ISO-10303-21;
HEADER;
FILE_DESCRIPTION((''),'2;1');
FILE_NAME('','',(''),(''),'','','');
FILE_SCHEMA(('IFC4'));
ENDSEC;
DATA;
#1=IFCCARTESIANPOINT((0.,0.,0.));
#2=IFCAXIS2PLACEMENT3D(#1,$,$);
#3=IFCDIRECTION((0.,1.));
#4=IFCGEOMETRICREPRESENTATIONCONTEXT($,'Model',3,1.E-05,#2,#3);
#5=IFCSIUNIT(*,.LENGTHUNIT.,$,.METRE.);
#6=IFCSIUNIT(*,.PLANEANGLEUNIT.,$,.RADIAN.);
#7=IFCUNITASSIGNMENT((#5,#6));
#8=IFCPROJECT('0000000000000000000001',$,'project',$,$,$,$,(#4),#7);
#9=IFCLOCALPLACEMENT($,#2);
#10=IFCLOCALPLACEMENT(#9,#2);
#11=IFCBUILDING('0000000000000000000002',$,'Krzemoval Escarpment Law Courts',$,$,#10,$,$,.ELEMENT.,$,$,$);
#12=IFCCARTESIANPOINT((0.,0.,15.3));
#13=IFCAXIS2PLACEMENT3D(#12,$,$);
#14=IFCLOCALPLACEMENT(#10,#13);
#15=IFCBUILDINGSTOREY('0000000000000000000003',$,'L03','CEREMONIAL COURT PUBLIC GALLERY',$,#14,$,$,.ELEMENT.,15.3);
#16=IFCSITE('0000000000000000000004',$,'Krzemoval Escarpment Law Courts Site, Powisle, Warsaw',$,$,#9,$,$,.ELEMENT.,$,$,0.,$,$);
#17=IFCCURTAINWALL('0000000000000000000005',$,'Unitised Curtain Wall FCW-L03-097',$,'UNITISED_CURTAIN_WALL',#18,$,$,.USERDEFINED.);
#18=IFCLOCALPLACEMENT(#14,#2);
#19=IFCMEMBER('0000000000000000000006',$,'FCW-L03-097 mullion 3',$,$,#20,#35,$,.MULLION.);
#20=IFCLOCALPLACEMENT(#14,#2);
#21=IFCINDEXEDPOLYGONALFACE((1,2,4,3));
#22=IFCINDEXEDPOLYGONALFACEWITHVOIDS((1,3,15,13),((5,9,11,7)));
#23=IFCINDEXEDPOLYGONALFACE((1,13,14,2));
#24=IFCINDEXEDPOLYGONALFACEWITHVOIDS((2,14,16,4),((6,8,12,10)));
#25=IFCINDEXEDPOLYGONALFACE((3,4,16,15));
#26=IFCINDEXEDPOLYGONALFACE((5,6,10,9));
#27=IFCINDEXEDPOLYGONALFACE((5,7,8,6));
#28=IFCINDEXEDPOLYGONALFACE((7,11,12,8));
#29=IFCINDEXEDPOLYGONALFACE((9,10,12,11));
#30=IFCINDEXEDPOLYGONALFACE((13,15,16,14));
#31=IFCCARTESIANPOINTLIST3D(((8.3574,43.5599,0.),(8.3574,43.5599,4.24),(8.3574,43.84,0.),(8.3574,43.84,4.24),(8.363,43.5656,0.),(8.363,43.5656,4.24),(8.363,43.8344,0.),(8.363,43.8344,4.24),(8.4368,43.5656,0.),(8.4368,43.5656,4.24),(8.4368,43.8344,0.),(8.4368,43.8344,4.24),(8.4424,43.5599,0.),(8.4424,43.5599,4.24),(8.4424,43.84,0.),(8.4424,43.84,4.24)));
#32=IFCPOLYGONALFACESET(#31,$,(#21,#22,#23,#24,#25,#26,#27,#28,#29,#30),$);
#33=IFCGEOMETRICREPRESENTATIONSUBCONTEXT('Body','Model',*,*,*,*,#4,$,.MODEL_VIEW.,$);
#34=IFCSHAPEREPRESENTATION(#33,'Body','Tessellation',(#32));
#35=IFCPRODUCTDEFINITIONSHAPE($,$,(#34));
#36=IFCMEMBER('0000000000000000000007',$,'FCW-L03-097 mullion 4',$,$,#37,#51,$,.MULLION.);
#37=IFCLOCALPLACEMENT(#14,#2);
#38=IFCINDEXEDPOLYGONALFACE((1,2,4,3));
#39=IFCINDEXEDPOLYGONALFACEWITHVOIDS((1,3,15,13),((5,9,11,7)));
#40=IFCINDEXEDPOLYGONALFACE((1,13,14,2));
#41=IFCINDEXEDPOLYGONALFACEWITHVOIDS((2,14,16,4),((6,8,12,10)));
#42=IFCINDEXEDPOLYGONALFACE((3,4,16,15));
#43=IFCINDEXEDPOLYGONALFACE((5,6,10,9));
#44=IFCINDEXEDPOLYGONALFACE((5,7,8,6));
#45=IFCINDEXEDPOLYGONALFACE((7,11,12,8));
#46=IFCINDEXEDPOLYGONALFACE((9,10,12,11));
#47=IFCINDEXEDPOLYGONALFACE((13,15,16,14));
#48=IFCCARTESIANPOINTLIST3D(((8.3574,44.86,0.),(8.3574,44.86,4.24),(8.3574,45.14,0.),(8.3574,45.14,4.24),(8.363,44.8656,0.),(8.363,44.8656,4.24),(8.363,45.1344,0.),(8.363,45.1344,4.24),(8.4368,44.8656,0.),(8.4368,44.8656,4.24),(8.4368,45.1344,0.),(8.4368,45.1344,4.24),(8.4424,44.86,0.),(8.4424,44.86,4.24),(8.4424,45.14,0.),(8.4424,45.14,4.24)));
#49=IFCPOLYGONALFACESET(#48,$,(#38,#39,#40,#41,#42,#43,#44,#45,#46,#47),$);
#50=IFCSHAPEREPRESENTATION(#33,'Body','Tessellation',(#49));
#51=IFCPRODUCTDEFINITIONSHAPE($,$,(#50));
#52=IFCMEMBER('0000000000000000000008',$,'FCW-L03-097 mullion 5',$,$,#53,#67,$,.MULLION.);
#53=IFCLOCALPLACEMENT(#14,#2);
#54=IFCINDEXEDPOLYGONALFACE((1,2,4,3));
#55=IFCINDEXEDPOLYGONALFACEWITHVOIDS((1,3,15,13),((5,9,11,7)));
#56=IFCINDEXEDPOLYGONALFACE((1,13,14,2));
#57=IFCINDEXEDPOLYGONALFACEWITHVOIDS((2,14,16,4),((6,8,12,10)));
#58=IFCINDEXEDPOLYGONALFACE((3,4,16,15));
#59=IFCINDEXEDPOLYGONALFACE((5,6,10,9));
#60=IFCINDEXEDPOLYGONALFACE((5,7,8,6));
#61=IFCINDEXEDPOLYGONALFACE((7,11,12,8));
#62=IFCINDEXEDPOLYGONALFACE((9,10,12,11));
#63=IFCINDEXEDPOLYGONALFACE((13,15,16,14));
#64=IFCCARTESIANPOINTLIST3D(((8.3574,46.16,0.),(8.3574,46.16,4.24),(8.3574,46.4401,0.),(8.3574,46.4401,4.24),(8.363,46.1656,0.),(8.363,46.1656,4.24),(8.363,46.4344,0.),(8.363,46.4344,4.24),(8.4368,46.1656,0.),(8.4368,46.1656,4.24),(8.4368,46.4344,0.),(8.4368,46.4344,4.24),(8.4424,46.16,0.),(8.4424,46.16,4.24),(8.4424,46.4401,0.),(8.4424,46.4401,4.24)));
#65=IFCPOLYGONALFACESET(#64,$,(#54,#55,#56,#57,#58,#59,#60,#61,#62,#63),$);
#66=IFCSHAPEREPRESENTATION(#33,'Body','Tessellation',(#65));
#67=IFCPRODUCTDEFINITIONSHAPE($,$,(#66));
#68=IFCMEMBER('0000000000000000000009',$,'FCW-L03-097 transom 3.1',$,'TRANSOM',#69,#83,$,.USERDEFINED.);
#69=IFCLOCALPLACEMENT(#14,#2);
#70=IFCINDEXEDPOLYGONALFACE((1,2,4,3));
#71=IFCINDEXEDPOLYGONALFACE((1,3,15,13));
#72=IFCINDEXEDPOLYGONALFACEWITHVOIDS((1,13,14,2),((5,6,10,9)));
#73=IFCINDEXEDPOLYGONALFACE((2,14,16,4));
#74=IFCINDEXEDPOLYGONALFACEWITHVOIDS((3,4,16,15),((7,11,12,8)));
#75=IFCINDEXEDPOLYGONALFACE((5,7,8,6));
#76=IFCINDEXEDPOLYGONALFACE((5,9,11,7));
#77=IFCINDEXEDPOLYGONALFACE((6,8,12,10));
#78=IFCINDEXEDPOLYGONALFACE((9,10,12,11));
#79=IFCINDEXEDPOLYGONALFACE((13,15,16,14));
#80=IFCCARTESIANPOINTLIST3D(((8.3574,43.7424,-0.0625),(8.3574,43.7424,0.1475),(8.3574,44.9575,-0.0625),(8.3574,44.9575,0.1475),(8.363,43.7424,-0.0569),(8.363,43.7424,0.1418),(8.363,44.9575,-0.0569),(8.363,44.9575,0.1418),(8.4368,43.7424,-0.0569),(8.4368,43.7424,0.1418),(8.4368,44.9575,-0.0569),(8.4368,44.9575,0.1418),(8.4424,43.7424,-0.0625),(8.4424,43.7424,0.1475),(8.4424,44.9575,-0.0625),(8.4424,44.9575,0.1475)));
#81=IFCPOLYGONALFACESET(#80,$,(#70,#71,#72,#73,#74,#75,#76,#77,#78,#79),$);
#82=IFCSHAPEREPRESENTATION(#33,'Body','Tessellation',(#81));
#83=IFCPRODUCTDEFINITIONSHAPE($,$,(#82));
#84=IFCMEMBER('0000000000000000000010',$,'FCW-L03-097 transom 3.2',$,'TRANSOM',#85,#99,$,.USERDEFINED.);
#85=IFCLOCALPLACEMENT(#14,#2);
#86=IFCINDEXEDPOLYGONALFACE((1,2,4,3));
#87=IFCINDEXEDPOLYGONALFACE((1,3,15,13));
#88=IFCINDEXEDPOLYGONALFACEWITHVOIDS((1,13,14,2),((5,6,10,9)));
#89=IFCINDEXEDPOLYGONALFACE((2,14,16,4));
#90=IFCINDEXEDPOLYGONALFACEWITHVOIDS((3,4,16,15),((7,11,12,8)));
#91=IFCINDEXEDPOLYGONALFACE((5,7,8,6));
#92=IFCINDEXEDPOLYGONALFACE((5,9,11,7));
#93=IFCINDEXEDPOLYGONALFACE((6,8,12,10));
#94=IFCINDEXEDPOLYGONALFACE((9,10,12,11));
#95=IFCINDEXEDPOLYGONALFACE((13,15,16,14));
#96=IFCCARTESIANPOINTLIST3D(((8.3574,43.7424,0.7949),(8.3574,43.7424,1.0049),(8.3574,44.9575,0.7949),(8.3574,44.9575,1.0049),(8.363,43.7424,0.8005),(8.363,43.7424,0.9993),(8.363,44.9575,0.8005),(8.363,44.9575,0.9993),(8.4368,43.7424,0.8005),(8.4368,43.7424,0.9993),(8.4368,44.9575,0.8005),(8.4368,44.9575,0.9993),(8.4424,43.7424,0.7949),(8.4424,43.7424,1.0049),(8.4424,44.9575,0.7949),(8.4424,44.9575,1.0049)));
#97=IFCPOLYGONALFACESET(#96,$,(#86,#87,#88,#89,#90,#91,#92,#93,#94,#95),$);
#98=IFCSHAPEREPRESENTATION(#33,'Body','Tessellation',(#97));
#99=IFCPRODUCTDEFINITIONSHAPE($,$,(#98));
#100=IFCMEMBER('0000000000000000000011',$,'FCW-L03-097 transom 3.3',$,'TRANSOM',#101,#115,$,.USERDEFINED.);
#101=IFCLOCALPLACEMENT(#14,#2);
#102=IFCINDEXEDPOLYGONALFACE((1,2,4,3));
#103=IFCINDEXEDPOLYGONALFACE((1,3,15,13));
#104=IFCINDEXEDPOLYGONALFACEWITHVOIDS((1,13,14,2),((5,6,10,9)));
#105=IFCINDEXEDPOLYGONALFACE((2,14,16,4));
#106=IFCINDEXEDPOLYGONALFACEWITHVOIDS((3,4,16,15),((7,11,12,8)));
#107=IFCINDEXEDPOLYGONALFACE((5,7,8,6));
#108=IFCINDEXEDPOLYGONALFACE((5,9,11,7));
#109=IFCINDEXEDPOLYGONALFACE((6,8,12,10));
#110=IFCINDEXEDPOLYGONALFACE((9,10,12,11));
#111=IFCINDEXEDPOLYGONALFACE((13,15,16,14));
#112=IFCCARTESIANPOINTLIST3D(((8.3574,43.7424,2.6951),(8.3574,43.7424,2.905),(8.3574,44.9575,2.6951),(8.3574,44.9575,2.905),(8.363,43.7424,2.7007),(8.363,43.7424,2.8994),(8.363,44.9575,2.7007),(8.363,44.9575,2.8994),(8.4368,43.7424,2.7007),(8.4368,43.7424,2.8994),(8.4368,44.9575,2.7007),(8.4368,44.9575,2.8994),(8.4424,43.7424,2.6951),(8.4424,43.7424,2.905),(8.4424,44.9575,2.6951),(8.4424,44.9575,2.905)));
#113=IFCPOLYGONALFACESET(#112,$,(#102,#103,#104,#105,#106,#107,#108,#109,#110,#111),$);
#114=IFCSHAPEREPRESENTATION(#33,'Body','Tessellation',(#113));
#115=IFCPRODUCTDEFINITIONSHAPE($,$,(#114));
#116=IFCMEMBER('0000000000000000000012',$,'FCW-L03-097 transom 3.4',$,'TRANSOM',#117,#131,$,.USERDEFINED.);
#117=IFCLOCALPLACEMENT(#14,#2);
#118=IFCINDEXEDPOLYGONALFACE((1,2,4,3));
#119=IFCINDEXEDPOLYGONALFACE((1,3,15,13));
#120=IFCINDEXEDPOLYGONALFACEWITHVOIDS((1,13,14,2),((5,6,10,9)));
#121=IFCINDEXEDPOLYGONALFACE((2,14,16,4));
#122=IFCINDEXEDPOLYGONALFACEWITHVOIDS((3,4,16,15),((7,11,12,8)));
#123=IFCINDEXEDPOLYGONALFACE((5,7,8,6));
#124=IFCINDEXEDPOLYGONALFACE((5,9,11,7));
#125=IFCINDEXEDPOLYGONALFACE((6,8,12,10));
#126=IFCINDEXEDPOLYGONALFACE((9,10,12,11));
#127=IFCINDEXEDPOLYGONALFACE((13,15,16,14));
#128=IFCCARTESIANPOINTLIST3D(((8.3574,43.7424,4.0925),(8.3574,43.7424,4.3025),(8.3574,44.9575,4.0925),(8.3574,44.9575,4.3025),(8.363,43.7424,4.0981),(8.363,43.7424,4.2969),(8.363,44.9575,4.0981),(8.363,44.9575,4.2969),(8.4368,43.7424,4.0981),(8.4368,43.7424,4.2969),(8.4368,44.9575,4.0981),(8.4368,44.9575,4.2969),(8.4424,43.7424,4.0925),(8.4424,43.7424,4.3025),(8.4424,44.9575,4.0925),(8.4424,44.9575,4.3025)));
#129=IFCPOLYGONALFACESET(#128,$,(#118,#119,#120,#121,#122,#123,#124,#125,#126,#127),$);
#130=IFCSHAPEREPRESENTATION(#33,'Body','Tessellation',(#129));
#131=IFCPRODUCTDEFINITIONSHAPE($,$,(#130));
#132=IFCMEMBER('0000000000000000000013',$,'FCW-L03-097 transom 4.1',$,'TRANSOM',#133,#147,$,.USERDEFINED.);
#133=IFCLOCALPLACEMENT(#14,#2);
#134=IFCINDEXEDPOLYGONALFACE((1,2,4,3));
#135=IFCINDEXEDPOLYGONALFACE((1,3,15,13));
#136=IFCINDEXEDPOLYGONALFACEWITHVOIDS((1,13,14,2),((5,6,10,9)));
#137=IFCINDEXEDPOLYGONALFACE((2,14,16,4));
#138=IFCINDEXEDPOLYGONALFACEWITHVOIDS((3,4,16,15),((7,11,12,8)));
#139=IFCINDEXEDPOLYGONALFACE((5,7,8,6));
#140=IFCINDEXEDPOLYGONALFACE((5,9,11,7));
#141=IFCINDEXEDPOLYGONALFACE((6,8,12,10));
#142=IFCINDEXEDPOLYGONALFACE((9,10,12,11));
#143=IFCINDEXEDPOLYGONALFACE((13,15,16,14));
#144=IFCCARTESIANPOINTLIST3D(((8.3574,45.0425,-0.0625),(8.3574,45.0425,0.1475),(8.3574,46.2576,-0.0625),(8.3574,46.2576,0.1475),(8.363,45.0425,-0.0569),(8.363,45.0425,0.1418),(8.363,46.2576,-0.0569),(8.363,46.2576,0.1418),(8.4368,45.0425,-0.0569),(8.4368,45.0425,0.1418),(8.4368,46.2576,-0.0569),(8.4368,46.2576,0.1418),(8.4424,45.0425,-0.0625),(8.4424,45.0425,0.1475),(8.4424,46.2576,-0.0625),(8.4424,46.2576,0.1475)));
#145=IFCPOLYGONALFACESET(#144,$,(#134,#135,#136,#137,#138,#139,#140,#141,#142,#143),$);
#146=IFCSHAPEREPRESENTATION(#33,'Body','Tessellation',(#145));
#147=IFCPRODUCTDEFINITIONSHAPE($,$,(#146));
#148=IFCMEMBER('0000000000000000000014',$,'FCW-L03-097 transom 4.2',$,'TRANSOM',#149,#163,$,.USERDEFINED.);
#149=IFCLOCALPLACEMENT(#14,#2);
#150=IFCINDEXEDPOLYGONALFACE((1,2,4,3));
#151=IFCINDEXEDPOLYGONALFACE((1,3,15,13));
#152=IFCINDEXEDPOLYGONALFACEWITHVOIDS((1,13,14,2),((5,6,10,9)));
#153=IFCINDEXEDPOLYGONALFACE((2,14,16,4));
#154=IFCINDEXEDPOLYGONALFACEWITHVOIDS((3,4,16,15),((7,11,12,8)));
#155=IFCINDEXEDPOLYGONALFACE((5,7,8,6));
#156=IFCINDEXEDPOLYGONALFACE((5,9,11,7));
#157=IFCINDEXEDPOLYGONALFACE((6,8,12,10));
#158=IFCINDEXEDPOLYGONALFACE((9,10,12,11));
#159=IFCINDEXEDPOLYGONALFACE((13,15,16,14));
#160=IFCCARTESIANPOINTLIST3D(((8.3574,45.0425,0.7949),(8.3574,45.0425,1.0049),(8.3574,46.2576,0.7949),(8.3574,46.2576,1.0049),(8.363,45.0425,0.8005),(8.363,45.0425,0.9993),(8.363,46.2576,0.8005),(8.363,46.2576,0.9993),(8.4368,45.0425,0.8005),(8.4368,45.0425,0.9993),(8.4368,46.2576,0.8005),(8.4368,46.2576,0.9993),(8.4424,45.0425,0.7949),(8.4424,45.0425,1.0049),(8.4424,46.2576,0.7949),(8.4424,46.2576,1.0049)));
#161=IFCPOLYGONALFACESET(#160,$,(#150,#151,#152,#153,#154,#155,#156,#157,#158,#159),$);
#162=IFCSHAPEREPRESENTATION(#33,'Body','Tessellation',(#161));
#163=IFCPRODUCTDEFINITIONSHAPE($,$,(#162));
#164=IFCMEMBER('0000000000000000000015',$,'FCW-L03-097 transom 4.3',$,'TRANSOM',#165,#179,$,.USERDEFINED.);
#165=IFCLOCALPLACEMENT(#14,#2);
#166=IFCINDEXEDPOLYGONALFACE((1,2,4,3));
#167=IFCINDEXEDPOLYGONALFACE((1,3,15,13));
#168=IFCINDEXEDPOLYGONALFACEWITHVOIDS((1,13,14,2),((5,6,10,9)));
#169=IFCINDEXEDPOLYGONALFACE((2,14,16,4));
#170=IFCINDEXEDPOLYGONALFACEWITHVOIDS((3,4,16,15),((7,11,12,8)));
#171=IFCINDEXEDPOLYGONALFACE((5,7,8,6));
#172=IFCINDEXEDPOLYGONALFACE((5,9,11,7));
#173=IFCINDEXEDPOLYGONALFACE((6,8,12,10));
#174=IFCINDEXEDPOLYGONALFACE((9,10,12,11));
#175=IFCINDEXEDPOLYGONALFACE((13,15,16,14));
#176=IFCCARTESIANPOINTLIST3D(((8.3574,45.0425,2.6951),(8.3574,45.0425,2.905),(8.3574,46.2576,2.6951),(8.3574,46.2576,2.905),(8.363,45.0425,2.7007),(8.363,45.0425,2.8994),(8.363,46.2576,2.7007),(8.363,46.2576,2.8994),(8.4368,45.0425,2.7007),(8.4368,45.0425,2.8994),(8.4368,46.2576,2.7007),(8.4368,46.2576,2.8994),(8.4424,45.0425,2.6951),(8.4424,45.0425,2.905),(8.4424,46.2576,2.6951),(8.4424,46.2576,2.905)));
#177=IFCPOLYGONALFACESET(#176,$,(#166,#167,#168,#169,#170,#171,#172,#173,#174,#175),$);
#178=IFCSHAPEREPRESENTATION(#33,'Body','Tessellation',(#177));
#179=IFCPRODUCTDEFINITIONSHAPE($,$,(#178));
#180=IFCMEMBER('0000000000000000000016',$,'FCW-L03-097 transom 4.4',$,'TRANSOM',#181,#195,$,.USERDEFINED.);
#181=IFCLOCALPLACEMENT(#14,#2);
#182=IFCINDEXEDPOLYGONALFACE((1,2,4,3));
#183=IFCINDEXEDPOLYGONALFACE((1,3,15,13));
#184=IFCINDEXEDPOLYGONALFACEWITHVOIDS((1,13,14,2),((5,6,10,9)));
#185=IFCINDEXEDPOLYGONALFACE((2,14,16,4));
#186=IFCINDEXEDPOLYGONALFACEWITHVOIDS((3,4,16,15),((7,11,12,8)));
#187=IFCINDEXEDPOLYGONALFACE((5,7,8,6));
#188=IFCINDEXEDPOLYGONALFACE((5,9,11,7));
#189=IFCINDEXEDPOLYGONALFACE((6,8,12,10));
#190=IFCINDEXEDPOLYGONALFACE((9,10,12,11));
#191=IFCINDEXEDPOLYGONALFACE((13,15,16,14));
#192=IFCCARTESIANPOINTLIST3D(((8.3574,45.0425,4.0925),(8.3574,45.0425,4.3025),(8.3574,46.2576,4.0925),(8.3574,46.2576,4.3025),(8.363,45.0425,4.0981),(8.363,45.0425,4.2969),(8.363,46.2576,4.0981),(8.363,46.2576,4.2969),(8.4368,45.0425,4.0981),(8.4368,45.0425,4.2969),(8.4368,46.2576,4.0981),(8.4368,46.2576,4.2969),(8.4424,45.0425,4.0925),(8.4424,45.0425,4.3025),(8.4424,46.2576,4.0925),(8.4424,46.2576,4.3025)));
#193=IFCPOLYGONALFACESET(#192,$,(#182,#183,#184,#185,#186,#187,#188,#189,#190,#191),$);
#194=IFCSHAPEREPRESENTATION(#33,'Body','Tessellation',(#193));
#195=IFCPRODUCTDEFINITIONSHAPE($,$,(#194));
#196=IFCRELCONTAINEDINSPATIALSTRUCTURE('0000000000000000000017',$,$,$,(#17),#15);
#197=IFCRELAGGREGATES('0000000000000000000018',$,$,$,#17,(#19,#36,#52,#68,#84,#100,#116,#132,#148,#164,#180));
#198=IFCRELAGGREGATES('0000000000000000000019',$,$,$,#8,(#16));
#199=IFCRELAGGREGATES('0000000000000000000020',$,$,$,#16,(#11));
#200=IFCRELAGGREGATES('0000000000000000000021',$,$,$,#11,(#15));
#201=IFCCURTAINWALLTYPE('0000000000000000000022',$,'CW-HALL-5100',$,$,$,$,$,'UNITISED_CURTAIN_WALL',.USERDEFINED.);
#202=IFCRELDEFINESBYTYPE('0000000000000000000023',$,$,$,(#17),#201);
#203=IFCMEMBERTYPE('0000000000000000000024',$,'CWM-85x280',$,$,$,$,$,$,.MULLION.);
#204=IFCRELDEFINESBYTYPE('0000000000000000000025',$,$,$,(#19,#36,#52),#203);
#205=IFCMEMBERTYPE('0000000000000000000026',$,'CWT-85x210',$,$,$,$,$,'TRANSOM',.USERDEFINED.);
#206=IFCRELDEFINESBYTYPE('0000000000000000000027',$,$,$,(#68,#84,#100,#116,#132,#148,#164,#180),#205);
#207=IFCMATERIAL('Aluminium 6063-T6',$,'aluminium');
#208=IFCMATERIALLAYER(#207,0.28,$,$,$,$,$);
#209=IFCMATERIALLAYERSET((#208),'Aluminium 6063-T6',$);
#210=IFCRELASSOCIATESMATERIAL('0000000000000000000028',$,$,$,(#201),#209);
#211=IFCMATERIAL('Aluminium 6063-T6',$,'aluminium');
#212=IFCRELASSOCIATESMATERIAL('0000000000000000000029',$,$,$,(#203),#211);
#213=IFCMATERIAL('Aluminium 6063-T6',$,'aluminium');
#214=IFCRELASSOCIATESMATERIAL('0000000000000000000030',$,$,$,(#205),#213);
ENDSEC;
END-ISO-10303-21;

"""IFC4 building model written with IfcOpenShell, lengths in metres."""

from ifc_helpers import new_model, si_unit, direction, frame, origin, origin_2d, place, context, subcontext, project, spatial, hollow_rectangle, extrude, material, layer, layer_set, material_profile, profile_set, type_object, element, aggregate, save


model = new_model("IFC4")

# Units and contexts
model_context = context("Model", 3, precision=1e-05, world=origin(), true_north=direction((0.0, 1.0)))
body_context = subcontext(model_context, "Body", "Model", "MODEL_VIEW")
ifc_project = project(units=[si_unit("LENGTHUNIT", "METRE"), si_unit("PLANEANGLEUNIT", "RADIAN")], contexts=[model_context])

# Site, building, storey
site_placement = place(None, origin())
site = spatial("IfcSite", under=ifc_project, at=site_placement, Name="Krzemoval Escarpment Law Courts Site, Powisle, Warsaw", CompositionType="ELEMENT", RefElevation=0.0)
building_placement = place(site_placement, origin())
building = spatial("IfcBuilding", under=site, at=building_placement, Name="Krzemoval Escarpment Law Courts", CompositionType="ELEMENT")
storey_placement = place(building_placement, frame((0.0, 0.0, 15.3)))
storey = spatial("IfcBuildingStorey", under=building, at=storey_placement, Name="L03", Description="CEREMONIAL COURT PUBLIC GALLERY", CompositionType="ELEMENT", Elevation=15.3)

# Curtain wall, members
ifc_material_1 = material(Name="Aluminium 6063-T6", Category="aluminium")
ifc_layer_1 = layer(ifc_material_1, 0.28)
ifc_layer_set_1 = layer_set([ifc_layer_1], Name="Aluminium 6063-T6")
curtain_wall_type = type_object("IfcCurtainWallType", Name="CW-HALL-5100", ElementType="UNITISED_CURTAIN_WALL", PredefinedType="USERDEFINED", material=ifc_layer_set_1)
curtain_wall_placement = place(storey_placement, origin())
curtain_wall = element("IfcCurtainWall", 1, at=curtain_wall_placement, inside=storey, type_object=curtain_wall_type, Name="Unitised Curtain Wall FCW-L03-097", ObjectType="UNITISED_CURTAIN_WALL", PredefinedType="USERDEFINED")
ifc_material_2 = material(Name="Aluminium 6063-T6", Category="aluminium")
ifc_material_profile_1 = material_profile(ifc_material_2, hollow_rectangle(XDim=0.085, YDim=0.28, WallThickness=0.0056, at=origin_2d()), Name="ALU M85x280")
ifc_profile_set_1 = profile_set([ifc_material_profile_1], Name="Aluminium 6063-T6")
member_type_1 = type_object("IfcMemberType", Name="CWM-85x280", PredefinedType="MULLION", material=ifc_profile_set_1)
member_1_placement = place(storey_placement, frame((8.3999, 43.7, 0.0), z_axis=(0.0, 0.0, 1.0), x_axis=(-1.0, 0.0, 0.0)))
member_1 = element("IfcMember", 2, at=member_1_placement, type_object=member_type_1, Name="FCW-L03-097 mullion 3", PredefinedType="MULLION", context=body_context, shape_type="SweptSolid", body=[
    extrude(hollow_rectangle(XDim=0.085, YDim=0.28, WallThickness=0.0056, at=origin_2d()), origin(), (0.0, 0.0, 1.0), 4.24),
])
member_2_placement = place(storey_placement, frame((8.3999, 45.0, 0.0), z_axis=(0.0, 0.0, 1.0), x_axis=(-1.0, 0.0, 0.0)))
member_2 = element("IfcMember", 3, at=member_2_placement, type_object=member_type_1, Name="FCW-L03-097 mullion 4", PredefinedType="MULLION", context=body_context, shape_type="SweptSolid", body=[
    extrude(hollow_rectangle(XDim=0.085, YDim=0.28, WallThickness=0.0056, at=origin_2d()), origin(), (0.0, 0.0, 1.0), 4.24),
])
member_3_placement = place(storey_placement, frame((8.3999, 46.3, 0.0), z_axis=(0.0, 0.0, 1.0), x_axis=(-1.0, 0.0, 0.0)))
member_3 = element("IfcMember", 4, at=member_3_placement, type_object=member_type_1, Name="FCW-L03-097 mullion 5", PredefinedType="MULLION", context=body_context, shape_type="SweptSolid", body=[
    extrude(hollow_rectangle(XDim=0.085, YDim=0.28, WallThickness=0.0056, at=origin_2d()), origin(), (0.0, 0.0, 1.0), 4.24),
])
ifc_material_3 = material(Name="Aluminium 6063-T6", Category="aluminium")
ifc_material_profile_2 = material_profile(ifc_material_3, hollow_rectangle(XDim=0.085, YDim=0.21, WallThickness=0.0056, at=origin_2d()), Name="ALU T85x210")
ifc_profile_set_2 = profile_set([ifc_material_profile_2], Name="Aluminium 6063-T6")
member_type_2 = type_object("IfcMemberType", Name="CWT-85x210", ElementType="TRANSOM", PredefinedType="USERDEFINED", material=ifc_profile_set_2)
member_4_placement = place(storey_placement, frame((8.3999, 43.7424, 0.0425), z_axis=(0.0, 1.0, 0.0), x_axis=(-1.0, 0.0, 0.0)))
member_4 = element("IfcMember", 5, at=member_4_placement, type_object=member_type_2, Name="FCW-L03-097 transom 3.1", ObjectType="TRANSOM", PredefinedType="USERDEFINED", context=body_context, shape_type="SweptSolid", body=[
    extrude(hollow_rectangle(XDim=0.085, YDim=0.21, WallThickness=0.0056, at=origin_2d()), origin(), (0.0, 0.0, 1.0), 1.2151),
])
member_5_placement = place(storey_placement, frame((8.3999, 43.7424, 0.8999), z_axis=(0.0, 1.0, 0.0), x_axis=(-1.0, 0.0, 0.0)))
member_5 = element("IfcMember", 6, at=member_5_placement, type_object=member_type_2, Name="FCW-L03-097 transom 3.2", ObjectType="TRANSOM", PredefinedType="USERDEFINED", context=body_context, shape_type="SweptSolid", body=[
    extrude(hollow_rectangle(XDim=0.085, YDim=0.21, WallThickness=0.0056, at=origin_2d()), origin(), (0.0, 0.0, 1.0), 1.2151),
])
member_6_placement = place(storey_placement, frame((8.3999, 43.7424, 2.8), z_axis=(0.0, 1.0, 0.0), x_axis=(-1.0, 0.0, 0.0)))
member_6 = element("IfcMember", 7, at=member_6_placement, type_object=member_type_2, Name="FCW-L03-097 transom 3.3", ObjectType="TRANSOM", PredefinedType="USERDEFINED", context=body_context, shape_type="SweptSolid", body=[
    extrude(hollow_rectangle(XDim=0.085, YDim=0.21, WallThickness=0.0056, at=origin_2d()), origin(), (0.0, 0.0, 1.0), 1.2151),
])
member_7_placement = place(storey_placement, frame((8.3999, 43.7424, 4.1975), z_axis=(0.0, 1.0, 0.0), x_axis=(-1.0, 0.0, 0.0)))
member_7 = element("IfcMember", 8, at=member_7_placement, type_object=member_type_2, Name="FCW-L03-097 transom 3.4", ObjectType="TRANSOM", PredefinedType="USERDEFINED", context=body_context, shape_type="SweptSolid", body=[
    extrude(hollow_rectangle(XDim=0.085, YDim=0.21, WallThickness=0.0056, at=origin_2d()), origin(), (0.0, 0.0, 1.0), 1.2151),
])
member_8_placement = place(storey_placement, frame((8.3999, 45.0425, 0.0425), z_axis=(0.0, 1.0, 0.0), x_axis=(-1.0, 0.0, 0.0)))
member_8 = element("IfcMember", 9, at=member_8_placement, type_object=member_type_2, Name="FCW-L03-097 transom 4.1", ObjectType="TRANSOM", PredefinedType="USERDEFINED", context=body_context, shape_type="SweptSolid", body=[
    extrude(hollow_rectangle(XDim=0.085, YDim=0.21, WallThickness=0.0056, at=origin_2d()), origin(), (0.0, 0.0, 1.0), 1.2151),
])
member_9_placement = place(storey_placement, frame((8.3999, 45.0425, 0.8999), z_axis=(0.0, 1.0, 0.0), x_axis=(-1.0, 0.0, 0.0)))
member_9 = element("IfcMember", 10, at=member_9_placement, type_object=member_type_2, Name="FCW-L03-097 transom 4.2", ObjectType="TRANSOM", PredefinedType="USERDEFINED", context=body_context, shape_type="SweptSolid", body=[
    extrude(hollow_rectangle(XDim=0.085, YDim=0.21, WallThickness=0.0056, at=origin_2d()), origin(), (0.0, 0.0, 1.0), 1.2151),
])
member_10_placement = place(storey_placement, frame((8.3999, 45.0425, 2.8), z_axis=(0.0, 1.0, 0.0), x_axis=(-1.0, 0.0, 0.0)))
member_10 = element("IfcMember", 11, at=member_10_placement, type_object=member_type_2, Name="FCW-L03-097 transom 4.3", ObjectType="TRANSOM", PredefinedType="USERDEFINED", context=body_context, shape_type="SweptSolid", body=[
    extrude(hollow_rectangle(XDim=0.085, YDim=0.21, WallThickness=0.0056, at=origin_2d()), origin(), (0.0, 0.0, 1.0), 1.2151),
])
member_11_placement = place(storey_placement, frame((8.3999, 45.0425, 4.1975), z_axis=(0.0, 1.0, 0.0), x_axis=(-1.0, 0.0, 0.0)))
member_11 = element("IfcMember", 12, at=member_11_placement, type_object=member_type_2, Name="FCW-L03-097 transom 4.4", ObjectType="TRANSOM", PredefinedType="USERDEFINED", context=body_context, shape_type="SweptSolid", body=[
    extrude(hollow_rectangle(XDim=0.085, YDim=0.21, WallThickness=0.0056, at=origin_2d()), origin(), (0.0, 0.0, 1.0), 1.2151),
])
aggregate(curtain_wall, [member_1, member_2, member_3, member_4, member_5, member_6, member_7, member_8, member_9, member_10, member_11])

save(model, "model.ifc")
